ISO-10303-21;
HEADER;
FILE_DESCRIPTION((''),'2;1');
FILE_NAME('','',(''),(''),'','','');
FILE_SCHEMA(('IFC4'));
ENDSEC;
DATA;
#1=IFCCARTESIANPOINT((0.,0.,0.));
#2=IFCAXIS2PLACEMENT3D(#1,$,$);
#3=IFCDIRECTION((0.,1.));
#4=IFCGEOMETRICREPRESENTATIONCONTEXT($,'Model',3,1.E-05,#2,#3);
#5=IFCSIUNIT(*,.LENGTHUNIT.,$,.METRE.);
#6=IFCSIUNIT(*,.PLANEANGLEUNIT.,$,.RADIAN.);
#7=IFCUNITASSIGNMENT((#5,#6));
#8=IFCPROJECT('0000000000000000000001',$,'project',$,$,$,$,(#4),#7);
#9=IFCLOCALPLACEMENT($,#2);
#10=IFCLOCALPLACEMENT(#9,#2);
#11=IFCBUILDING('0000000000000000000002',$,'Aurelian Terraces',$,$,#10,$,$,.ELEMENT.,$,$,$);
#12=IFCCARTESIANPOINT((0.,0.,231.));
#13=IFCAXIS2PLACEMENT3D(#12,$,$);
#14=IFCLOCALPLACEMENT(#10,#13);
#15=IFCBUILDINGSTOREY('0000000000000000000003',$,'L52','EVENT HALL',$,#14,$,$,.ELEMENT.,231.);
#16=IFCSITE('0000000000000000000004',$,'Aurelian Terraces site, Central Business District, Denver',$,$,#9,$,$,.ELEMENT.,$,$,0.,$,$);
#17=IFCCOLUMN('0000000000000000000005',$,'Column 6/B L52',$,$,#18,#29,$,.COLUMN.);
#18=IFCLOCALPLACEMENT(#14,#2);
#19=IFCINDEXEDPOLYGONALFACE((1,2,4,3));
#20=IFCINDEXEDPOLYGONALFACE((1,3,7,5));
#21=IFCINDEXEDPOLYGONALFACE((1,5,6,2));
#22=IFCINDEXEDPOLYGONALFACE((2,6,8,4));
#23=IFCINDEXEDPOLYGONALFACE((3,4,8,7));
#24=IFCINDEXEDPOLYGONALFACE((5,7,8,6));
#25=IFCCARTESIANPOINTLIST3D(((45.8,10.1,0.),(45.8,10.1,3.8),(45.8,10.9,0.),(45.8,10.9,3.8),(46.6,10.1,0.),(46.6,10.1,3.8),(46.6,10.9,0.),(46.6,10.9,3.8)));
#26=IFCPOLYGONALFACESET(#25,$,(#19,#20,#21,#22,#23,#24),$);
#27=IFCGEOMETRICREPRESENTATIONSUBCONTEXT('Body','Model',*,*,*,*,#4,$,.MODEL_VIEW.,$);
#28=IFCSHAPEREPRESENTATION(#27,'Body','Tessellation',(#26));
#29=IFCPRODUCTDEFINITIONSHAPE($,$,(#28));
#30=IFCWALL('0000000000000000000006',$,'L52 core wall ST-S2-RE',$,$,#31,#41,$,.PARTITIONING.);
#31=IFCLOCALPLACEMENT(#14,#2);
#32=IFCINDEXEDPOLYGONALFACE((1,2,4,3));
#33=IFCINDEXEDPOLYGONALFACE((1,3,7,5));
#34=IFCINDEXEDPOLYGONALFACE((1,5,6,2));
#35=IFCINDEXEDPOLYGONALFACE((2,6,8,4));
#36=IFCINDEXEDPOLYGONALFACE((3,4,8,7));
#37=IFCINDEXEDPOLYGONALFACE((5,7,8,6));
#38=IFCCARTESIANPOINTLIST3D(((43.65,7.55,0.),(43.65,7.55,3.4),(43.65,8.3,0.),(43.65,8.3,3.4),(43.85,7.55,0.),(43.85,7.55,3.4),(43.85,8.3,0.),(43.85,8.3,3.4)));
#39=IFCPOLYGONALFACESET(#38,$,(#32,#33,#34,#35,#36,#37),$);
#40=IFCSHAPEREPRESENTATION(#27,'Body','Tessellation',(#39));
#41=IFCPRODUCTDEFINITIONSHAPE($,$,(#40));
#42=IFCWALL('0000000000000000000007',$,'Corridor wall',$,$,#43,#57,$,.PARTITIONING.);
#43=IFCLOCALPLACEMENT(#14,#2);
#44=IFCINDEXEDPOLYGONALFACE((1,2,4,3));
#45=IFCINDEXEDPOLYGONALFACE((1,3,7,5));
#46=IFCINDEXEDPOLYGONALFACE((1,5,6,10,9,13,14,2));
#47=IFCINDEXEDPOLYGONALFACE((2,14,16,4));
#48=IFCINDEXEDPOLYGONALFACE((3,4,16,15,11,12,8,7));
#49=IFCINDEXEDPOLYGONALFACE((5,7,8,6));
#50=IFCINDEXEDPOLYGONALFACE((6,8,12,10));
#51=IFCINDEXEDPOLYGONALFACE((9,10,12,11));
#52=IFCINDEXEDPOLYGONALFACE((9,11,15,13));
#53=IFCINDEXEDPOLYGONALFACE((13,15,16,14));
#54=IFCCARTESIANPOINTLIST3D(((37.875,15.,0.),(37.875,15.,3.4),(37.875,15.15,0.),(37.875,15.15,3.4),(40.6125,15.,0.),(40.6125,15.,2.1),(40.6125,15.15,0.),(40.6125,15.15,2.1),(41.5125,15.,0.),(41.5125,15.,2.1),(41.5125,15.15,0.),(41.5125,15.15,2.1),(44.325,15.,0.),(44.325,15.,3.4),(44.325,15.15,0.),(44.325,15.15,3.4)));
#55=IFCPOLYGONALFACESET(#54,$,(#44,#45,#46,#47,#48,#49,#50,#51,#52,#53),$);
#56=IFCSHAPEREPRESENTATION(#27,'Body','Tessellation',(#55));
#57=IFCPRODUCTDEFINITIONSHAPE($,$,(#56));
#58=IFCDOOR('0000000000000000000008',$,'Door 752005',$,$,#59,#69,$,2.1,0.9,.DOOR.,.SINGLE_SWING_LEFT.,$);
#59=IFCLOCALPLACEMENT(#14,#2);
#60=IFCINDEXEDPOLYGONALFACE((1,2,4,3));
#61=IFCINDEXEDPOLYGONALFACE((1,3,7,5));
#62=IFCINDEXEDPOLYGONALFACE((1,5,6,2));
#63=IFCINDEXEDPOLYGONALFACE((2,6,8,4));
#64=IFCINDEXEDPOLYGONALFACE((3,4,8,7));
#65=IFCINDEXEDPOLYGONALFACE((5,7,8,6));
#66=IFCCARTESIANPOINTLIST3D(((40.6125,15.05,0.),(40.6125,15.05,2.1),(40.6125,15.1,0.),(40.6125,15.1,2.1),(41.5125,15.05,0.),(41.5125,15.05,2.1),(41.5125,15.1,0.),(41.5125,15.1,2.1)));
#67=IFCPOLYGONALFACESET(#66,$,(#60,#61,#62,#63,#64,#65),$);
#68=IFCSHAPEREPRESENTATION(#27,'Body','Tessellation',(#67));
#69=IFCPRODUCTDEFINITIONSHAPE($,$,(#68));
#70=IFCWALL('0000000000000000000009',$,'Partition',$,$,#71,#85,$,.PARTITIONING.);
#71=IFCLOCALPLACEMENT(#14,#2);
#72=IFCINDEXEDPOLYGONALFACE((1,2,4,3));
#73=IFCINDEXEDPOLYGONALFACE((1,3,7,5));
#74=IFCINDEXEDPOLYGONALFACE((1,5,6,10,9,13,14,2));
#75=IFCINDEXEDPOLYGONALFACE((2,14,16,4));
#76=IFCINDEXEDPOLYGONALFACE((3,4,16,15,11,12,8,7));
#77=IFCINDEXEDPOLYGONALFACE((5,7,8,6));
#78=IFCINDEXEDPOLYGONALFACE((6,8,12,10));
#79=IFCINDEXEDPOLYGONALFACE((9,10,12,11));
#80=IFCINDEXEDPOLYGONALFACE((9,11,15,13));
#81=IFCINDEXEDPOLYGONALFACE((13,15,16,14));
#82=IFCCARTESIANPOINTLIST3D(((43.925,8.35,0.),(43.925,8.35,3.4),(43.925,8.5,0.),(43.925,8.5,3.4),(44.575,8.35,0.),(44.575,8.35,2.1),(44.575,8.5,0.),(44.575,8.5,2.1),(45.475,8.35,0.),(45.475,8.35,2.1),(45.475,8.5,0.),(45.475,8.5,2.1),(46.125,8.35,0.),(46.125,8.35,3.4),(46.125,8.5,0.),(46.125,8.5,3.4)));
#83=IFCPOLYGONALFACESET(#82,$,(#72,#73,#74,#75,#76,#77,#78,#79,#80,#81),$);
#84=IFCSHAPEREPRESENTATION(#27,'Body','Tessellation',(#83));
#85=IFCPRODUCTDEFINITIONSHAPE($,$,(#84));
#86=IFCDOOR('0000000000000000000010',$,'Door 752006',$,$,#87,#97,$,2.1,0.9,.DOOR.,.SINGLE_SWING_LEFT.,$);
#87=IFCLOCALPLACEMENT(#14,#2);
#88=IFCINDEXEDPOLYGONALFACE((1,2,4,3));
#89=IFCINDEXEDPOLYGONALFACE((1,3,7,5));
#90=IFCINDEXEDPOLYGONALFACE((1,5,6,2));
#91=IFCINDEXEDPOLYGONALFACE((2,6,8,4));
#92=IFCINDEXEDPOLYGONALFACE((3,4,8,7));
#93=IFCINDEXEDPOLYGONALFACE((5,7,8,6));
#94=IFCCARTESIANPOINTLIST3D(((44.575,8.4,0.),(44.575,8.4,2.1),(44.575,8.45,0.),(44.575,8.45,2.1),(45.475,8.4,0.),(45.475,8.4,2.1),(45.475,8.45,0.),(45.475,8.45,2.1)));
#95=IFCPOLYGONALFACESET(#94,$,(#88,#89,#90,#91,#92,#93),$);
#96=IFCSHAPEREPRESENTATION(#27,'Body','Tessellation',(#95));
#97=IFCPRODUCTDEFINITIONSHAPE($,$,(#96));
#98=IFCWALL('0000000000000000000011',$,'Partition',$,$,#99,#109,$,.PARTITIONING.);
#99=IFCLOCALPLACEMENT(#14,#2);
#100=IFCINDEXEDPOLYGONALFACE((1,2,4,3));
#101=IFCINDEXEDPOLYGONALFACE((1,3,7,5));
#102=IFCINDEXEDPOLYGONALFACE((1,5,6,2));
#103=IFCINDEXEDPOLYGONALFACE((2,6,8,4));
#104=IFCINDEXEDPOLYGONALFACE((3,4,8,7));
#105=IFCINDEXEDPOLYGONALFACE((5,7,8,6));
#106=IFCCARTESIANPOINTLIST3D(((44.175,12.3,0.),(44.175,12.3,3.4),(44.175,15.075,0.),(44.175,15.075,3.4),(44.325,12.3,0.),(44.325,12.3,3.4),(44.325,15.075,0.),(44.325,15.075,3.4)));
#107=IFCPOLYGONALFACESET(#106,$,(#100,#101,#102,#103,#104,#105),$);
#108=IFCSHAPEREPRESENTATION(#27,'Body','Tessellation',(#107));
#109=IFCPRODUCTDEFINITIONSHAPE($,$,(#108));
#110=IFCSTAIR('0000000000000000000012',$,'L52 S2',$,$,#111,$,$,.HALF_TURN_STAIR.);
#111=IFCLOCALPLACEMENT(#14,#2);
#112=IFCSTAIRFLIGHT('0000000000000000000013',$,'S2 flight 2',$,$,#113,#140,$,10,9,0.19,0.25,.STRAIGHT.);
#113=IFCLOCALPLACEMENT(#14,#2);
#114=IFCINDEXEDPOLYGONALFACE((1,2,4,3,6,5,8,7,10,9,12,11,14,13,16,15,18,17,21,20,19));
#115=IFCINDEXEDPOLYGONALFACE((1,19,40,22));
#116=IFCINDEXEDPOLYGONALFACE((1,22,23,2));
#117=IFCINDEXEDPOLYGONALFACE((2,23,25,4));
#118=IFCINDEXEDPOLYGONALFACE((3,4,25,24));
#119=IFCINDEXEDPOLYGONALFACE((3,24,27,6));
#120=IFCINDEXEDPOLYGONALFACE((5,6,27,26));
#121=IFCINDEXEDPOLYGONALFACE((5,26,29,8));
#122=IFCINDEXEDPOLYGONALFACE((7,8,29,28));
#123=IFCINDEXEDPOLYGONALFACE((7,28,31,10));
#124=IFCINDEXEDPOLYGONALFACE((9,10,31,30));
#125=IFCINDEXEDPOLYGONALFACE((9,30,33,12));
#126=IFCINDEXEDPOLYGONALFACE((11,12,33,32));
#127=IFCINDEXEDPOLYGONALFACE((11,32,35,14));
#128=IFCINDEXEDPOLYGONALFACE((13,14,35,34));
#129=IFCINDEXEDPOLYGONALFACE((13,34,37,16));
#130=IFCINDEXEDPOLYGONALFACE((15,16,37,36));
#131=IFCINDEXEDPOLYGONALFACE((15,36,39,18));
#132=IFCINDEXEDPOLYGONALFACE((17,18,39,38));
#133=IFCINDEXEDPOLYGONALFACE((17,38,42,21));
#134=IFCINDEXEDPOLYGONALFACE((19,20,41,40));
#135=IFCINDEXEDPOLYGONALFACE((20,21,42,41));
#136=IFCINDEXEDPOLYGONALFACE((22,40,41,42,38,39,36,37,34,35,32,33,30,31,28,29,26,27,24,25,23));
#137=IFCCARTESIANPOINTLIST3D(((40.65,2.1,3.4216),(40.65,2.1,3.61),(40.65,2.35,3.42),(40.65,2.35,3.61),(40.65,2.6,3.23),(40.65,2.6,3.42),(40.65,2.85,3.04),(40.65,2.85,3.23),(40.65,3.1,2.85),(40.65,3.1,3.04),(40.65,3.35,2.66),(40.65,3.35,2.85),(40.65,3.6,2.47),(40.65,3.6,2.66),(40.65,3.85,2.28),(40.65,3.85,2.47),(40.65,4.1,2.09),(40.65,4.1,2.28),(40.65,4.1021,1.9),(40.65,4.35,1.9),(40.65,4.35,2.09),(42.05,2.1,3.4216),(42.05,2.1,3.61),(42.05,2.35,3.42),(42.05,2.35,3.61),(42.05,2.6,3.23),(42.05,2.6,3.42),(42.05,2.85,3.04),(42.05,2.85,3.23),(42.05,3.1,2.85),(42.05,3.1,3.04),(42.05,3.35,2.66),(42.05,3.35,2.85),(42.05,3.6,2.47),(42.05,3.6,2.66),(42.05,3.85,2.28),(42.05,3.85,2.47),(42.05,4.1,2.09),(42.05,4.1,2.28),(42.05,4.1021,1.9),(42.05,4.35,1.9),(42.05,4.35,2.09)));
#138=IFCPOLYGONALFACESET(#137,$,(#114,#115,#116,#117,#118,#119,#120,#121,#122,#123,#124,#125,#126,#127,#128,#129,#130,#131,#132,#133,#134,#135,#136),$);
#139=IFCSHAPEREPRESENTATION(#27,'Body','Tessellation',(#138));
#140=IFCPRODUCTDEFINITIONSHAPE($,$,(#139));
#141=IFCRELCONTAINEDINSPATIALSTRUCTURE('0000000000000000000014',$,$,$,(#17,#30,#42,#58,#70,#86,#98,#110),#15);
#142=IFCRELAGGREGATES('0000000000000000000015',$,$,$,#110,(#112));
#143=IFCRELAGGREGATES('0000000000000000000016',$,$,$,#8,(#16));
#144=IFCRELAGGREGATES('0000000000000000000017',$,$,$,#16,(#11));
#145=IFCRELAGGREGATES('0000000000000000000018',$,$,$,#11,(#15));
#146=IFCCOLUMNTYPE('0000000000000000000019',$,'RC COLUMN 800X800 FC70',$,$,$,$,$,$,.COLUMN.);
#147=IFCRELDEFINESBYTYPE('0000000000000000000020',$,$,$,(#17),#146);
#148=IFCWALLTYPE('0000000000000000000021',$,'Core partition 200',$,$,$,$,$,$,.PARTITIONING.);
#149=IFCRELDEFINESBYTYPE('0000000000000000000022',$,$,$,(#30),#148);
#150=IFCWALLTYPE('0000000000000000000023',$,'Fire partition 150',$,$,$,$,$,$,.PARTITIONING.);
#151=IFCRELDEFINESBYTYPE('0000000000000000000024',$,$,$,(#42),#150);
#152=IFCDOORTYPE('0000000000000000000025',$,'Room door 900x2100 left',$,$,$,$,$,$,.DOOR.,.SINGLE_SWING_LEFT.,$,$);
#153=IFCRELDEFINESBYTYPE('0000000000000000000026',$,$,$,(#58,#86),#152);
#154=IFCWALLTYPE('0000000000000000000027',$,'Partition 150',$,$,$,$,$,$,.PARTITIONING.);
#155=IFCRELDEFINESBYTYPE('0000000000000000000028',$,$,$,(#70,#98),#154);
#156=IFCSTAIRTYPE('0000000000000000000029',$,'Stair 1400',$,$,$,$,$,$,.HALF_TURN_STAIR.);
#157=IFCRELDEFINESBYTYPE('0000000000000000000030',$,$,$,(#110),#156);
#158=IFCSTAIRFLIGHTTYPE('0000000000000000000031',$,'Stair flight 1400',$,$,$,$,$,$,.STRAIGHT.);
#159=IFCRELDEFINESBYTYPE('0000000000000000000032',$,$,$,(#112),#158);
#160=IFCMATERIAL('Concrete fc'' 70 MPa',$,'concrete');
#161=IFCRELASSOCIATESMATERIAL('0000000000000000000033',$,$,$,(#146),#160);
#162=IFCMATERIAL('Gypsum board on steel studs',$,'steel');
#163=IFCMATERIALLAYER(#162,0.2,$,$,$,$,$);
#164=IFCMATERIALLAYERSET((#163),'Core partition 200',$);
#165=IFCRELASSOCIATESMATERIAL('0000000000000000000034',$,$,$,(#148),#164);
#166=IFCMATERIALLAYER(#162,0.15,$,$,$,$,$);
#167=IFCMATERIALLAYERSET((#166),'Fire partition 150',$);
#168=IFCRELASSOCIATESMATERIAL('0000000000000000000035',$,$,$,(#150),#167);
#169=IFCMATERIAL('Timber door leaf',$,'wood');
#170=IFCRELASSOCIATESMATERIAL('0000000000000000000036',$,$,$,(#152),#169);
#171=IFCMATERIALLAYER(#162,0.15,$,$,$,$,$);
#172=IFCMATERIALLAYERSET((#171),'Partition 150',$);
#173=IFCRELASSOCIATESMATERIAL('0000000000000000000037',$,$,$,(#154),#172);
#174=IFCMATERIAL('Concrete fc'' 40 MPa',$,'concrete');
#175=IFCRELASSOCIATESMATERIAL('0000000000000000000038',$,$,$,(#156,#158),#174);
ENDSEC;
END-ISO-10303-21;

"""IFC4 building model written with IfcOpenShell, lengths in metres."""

from ifc_helpers import new_model, si_unit, direction, frame, frame_2d, origin, origin_2d, place, context, subcontext, project, spatial, polyline, rectangle, outline, extrude, source, transform, mapped, material, layer, layer_set, material_profile, profile_set, type_object, element, fill, aggregate, save


model = new_model("IFC4")

# Units and contexts
model_context = context("Model", 3, precision=1e-05, world=origin(), true_north=direction((0.0, 1.0)))
body_context = subcontext(model_context, "Body", "Model", "MODEL_VIEW")
ifc_project = project(units=[si_unit("LENGTHUNIT", "METRE"), si_unit("PLANEANGLEUNIT", "RADIAN")], contexts=[model_context])

# Site, building, storey
site_placement = place(None, origin())
site = spatial("IfcSite", under=ifc_project, at=site_placement, Name="Aurelian Terraces site, Central Business District, Denver", CompositionType="ELEMENT", RefElevation=0.0)
building_placement = place(site_placement, origin())
building = spatial("IfcBuilding", under=site, at=building_placement, Name="Aurelian Terraces", CompositionType="ELEMENT")
storey_placement = place(building_placement, frame((0.0, 0.0, 231.0)))
storey = spatial("IfcBuildingStorey", under=building, at=storey_placement, Name="L52", Description="EVENT HALL", CompositionType="ELEMENT", Elevation=231.0)

# Column
ifc_material_1 = material(Name="Concrete fc' 70 MPa", Category="concrete")
ifc_material_profile = material_profile(ifc_material_1, rectangle(XDim=0.8, YDim=0.8, at=origin_2d()))
ifc_profile_set = profile_set([ifc_material_profile], Name="Concrete fc' 70 MPa")
column_type = type_object("IfcColumnType", Name="RC COLUMN 800X800 FC70", PredefinedType="COLUMN", material=ifc_profile_set)
shared_shape_1 = source(origin(), body_context, "Body", "SweptSolid", [
    extrude(rectangle(XDim=0.8, YDim=0.8, at=origin_2d()), origin(), (0.0, 0.0, 1.0), 3.8),
])
column_placement = place(storey_placement, frame((46.2, 10.5, 0.0), z_axis=(0.0, 0.0, 1.0), x_axis=(1.0, 0.0, 0.0)))
element("IfcColumn", 1, at=column_placement, inside=storey, type_object=column_type, Name="Column 6/B L52", PredefinedType="COLUMN", context=body_context, shape_type="MappedRepresentation", body=[
    mapped(shared_shape_1, transform((0.0, 0.0, 0.0), scale=1.0)),
])

# Wall
ifc_material_2 = material(Name="Gypsum board on steel studs", Category="steel")
ifc_layer_1 = layer(ifc_material_2, 0.2)
ifc_layer_set_1 = layer_set([ifc_layer_1], Name="Core partition 200")
wall_type_1 = type_object("IfcWallType", Name="Core partition 200", PredefinedType="PARTITIONING", material=ifc_layer_set_1)
shared_shape_2 = source(origin(), body_context, "Body", "SweptSolid", [
    extrude(rectangle(XDim=0.75, YDim=0.2, at=frame_2d((0.375, 0.0))), origin(), (0.0, 0.0, 1.0), 3.4),
])
wall_1_placement = place(storey_placement, frame((43.75, 7.55, 0.0), z_axis=(0.0, 0.0, 1.0), x_axis=(0.0, 1.0, 0.0)))
element("IfcWall", 2, at=wall_1_placement, inside=storey, type_object=wall_type_1, Name="L52 core wall ST-S2-RE", PredefinedType="PARTITIONING", context=body_context, shape_type="MappedRepresentation", body=[
    mapped(shared_shape_2, transform((0.0, 0.0, 0.0), scale=1.0)),
])

# Walls, openings, doors
ifc_layer_2 = layer(ifc_material_2, 0.15)
ifc_layer_set_2 = layer_set([ifc_layer_2], Name="Fire partition 150")
wall_type_2 = type_object("IfcWallType", Name="Fire partition 150", PredefinedType="PARTITIONING", material=ifc_layer_set_2)
shared_shape_3 = source(origin(), body_context, "Body", "SweptSolid", [
    extrude(rectangle(XDim=6.45, YDim=0.15, at=frame_2d((3.225, 0.0))), origin(), (0.0, 0.0, 1.0), 3.4),
])
wall_2_placement = place(storey_placement, frame((44.325, 15.075, 0.0), z_axis=(0.0, 0.0, 1.0), x_axis=(-1.0, 0.0, 0.0)))
wall_2 = element("IfcWall", 3, at=wall_2_placement, inside=storey, type_object=wall_type_2, Name="Corridor wall", PredefinedType="PARTITIONING", context=body_context, shape_type="MappedRepresentation", body=[
    mapped(shared_shape_3, transform((0.0, 0.0, 0.0), scale=1.0)),
])
shared_shape_4 = source(origin(), body_context, "Body", "SweptSolid", [
    extrude(rectangle(XDim=0.9, YDim=2.1, at=frame_2d((0.45, 1.05))), frame((0.0, 0.085, 0.0), z_axis=(0.0, -1.0, 0.0), x_axis=(1.0, 0.0, 0.0)), (0.0, 0.0, 1.0), 0.17),
])
opening_1_placement = place(wall_2_placement, frame((2.8125, 0.0, 0.0)))
opening_1 = element("IfcOpeningElement", 4, at=opening_1_placement, cuts=wall_2, PredefinedType="OPENING", context=body_context, shape_type="MappedRepresentation", body=[
    mapped(shared_shape_4, transform((0.0, 0.0, 0.0), scale=1.0)),
])
ifc_material_3 = material(Name="Timber door leaf", Category="wood")
door_type = type_object("IfcDoorType", Name="Room door 900x2100 left", OperationType="SINGLE_SWING_LEFT", PredefinedType="DOOR", material=ifc_material_3)
shared_shape_5 = source(origin(), body_context, "Body", "SweptSolid", [
    extrude(rectangle(XDim=0.9, YDim=2.1, at=frame_2d((0.45, 1.05))), frame((0.0, 0.025, 0.0), z_axis=(0.0, -1.0, 0.0), x_axis=(1.0, 0.0, 0.0)), (0.0, 0.0, 1.0), 0.05),
])
door_1_placement = place(opening_1_placement, origin())
door_1 = element("IfcDoor", 5, at=door_1_placement, inside=storey, type_object=door_type, Name="Door 752005", OperationType="SINGLE_SWING_LEFT", OverallHeight=2.1, OverallWidth=0.9, PredefinedType="DOOR", context=body_context, shape_type="MappedRepresentation", body=[
    mapped(shared_shape_5, transform((0.0, 0.0, 0.0), scale=1.0)),
])
fill(opening_1, door_1)
ifc_layer_3 = layer(ifc_material_2, 0.15)
ifc_layer_set_3 = layer_set([ifc_layer_3], Name="Partition 150")
wall_type_3 = type_object("IfcWallType", Name="Partition 150", PredefinedType="PARTITIONING", material=ifc_layer_set_3)
shared_shape_6 = source(origin(), body_context, "Body", "SweptSolid", [
    extrude(rectangle(XDim=2.2, YDim=0.15, at=frame_2d((1.1, 0.0))), origin(), (0.0, 0.0, 1.0), 3.4),
])
wall_3_placement = place(storey_placement, frame((46.125, 8.425, 0.0), z_axis=(0.0, 0.0, 1.0), x_axis=(-1.0, 0.0, 0.0)))
wall_3 = element("IfcWall", 6, at=wall_3_placement, inside=storey, type_object=wall_type_3, Name="Partition", PredefinedType="PARTITIONING", context=body_context, shape_type="MappedRepresentation", body=[
    mapped(shared_shape_6, transform((0.0, 0.0, 0.0), scale=1.0)),
])
opening_2_placement = place(wall_3_placement, frame((0.65, 0.0, 0.0)))
opening_2 = element("IfcOpeningElement", 7, at=opening_2_placement, cuts=wall_3, PredefinedType="OPENING", context=body_context, shape_type="MappedRepresentation", body=[
    mapped(shared_shape_4, transform((0.0, 0.0, 0.0), scale=1.0)),
])
door_2_placement = place(opening_2_placement, origin())
door_2 = element("IfcDoor", 8, at=door_2_placement, inside=storey, type_object=door_type, Name="Door 752006", OperationType="SINGLE_SWING_LEFT", OverallHeight=2.1, OverallWidth=0.9, PredefinedType="DOOR", context=body_context, shape_type="MappedRepresentation", body=[
    mapped(shared_shape_5, transform((0.0, 0.0, 0.0), scale=1.0)),
])
fill(opening_2, door_2)

# Wall
shared_shape_7 = source(origin(), body_context, "Body", "SweptSolid", [
    extrude(rectangle(XDim=2.775, YDim=0.15, at=frame_2d((1.3875, 0.0))), origin(), (0.0, 0.0, 1.0), 3.4),
])
wall_4_placement = place(storey_placement, frame((44.25, 12.3, 0.0), z_axis=(0.0, 0.0, 1.0), x_axis=(0.0, 1.0, 0.0)))
element("IfcWall", 9, at=wall_4_placement, inside=storey, type_object=wall_type_3, Name="Partition", PredefinedType="PARTITIONING", context=body_context, shape_type="MappedRepresentation", body=[
    mapped(shared_shape_7, transform((0.0, 0.0, 0.0), scale=1.0)),
])

# Stair, stair flight
ifc_material_4 = material(Name="Concrete fc' 40 MPa", Category="concrete")
stair_type = type_object("IfcStairType", Name="Stair 1400", PredefinedType="HALF_TURN_STAIR", material=ifc_material_4)
stair_placement = place(storey_placement, origin())
stair = element("IfcStair", 10, at=stair_placement, inside=storey, type_object=stair_type, Name="L52 S2", PredefinedType="HALF_TURN_STAIR")
stair_flight_type = type_object("IfcStairFlightType", Name="Stair flight 1400", PredefinedType="STRAIGHT", material=ifc_material_4)
shared_shape_8 = source(origin(), body_context, "Body", "SweptSolid", [
    extrude(outline(polyline([(0.0, 0.0), (0.0, 0.19), (0.25, 0.19), (0.25, 0.38), (0.5, 0.38), (0.5, 0.57), (0.75, 0.57), (0.75, 0.76), (1.0, 0.76), (1.0, 0.95), (1.25, 0.95), (1.25, 1.14), (1.5, 1.14), (1.5, 1.33), (1.75, 1.33), (1.75, 1.52), (2.0, 1.52), (2.0, 1.71), (2.25, 1.71), (2.25, 1.9), (2.25, 1.5216), (0.2479, 0.0), (0.0, 0.0)])), frame((0.0, 0.7, 0.0), z_axis=(0.0, -1.0, 0.0), x_axis=(1.0, 0.0, 0.0)), (0.0, 0.0, 1.0), 1.4),
])
stair_flight_placement = place(storey_placement, frame((41.35, 4.35, 1.9), z_axis=(0.0, 0.0, 1.0), x_axis=(0.0, -1.0, 0.0)))
stair_flight = element("IfcStairFlight", 11, at=stair_flight_placement, type_object=stair_flight_type, Name="S2 flight 2", NumberOfRisers=10, NumberOfTreads=9, PredefinedType="STRAIGHT", RiserHeight=0.19, TreadLength=0.25, context=body_context, shape_type="MappedRepresentation", body=[
    mapped(shared_shape_8, transform((0.0, 0.0, 0.0), scale=1.0)),
])
aggregate(stair, [stair_flight])

save(model, "model.ifc")
